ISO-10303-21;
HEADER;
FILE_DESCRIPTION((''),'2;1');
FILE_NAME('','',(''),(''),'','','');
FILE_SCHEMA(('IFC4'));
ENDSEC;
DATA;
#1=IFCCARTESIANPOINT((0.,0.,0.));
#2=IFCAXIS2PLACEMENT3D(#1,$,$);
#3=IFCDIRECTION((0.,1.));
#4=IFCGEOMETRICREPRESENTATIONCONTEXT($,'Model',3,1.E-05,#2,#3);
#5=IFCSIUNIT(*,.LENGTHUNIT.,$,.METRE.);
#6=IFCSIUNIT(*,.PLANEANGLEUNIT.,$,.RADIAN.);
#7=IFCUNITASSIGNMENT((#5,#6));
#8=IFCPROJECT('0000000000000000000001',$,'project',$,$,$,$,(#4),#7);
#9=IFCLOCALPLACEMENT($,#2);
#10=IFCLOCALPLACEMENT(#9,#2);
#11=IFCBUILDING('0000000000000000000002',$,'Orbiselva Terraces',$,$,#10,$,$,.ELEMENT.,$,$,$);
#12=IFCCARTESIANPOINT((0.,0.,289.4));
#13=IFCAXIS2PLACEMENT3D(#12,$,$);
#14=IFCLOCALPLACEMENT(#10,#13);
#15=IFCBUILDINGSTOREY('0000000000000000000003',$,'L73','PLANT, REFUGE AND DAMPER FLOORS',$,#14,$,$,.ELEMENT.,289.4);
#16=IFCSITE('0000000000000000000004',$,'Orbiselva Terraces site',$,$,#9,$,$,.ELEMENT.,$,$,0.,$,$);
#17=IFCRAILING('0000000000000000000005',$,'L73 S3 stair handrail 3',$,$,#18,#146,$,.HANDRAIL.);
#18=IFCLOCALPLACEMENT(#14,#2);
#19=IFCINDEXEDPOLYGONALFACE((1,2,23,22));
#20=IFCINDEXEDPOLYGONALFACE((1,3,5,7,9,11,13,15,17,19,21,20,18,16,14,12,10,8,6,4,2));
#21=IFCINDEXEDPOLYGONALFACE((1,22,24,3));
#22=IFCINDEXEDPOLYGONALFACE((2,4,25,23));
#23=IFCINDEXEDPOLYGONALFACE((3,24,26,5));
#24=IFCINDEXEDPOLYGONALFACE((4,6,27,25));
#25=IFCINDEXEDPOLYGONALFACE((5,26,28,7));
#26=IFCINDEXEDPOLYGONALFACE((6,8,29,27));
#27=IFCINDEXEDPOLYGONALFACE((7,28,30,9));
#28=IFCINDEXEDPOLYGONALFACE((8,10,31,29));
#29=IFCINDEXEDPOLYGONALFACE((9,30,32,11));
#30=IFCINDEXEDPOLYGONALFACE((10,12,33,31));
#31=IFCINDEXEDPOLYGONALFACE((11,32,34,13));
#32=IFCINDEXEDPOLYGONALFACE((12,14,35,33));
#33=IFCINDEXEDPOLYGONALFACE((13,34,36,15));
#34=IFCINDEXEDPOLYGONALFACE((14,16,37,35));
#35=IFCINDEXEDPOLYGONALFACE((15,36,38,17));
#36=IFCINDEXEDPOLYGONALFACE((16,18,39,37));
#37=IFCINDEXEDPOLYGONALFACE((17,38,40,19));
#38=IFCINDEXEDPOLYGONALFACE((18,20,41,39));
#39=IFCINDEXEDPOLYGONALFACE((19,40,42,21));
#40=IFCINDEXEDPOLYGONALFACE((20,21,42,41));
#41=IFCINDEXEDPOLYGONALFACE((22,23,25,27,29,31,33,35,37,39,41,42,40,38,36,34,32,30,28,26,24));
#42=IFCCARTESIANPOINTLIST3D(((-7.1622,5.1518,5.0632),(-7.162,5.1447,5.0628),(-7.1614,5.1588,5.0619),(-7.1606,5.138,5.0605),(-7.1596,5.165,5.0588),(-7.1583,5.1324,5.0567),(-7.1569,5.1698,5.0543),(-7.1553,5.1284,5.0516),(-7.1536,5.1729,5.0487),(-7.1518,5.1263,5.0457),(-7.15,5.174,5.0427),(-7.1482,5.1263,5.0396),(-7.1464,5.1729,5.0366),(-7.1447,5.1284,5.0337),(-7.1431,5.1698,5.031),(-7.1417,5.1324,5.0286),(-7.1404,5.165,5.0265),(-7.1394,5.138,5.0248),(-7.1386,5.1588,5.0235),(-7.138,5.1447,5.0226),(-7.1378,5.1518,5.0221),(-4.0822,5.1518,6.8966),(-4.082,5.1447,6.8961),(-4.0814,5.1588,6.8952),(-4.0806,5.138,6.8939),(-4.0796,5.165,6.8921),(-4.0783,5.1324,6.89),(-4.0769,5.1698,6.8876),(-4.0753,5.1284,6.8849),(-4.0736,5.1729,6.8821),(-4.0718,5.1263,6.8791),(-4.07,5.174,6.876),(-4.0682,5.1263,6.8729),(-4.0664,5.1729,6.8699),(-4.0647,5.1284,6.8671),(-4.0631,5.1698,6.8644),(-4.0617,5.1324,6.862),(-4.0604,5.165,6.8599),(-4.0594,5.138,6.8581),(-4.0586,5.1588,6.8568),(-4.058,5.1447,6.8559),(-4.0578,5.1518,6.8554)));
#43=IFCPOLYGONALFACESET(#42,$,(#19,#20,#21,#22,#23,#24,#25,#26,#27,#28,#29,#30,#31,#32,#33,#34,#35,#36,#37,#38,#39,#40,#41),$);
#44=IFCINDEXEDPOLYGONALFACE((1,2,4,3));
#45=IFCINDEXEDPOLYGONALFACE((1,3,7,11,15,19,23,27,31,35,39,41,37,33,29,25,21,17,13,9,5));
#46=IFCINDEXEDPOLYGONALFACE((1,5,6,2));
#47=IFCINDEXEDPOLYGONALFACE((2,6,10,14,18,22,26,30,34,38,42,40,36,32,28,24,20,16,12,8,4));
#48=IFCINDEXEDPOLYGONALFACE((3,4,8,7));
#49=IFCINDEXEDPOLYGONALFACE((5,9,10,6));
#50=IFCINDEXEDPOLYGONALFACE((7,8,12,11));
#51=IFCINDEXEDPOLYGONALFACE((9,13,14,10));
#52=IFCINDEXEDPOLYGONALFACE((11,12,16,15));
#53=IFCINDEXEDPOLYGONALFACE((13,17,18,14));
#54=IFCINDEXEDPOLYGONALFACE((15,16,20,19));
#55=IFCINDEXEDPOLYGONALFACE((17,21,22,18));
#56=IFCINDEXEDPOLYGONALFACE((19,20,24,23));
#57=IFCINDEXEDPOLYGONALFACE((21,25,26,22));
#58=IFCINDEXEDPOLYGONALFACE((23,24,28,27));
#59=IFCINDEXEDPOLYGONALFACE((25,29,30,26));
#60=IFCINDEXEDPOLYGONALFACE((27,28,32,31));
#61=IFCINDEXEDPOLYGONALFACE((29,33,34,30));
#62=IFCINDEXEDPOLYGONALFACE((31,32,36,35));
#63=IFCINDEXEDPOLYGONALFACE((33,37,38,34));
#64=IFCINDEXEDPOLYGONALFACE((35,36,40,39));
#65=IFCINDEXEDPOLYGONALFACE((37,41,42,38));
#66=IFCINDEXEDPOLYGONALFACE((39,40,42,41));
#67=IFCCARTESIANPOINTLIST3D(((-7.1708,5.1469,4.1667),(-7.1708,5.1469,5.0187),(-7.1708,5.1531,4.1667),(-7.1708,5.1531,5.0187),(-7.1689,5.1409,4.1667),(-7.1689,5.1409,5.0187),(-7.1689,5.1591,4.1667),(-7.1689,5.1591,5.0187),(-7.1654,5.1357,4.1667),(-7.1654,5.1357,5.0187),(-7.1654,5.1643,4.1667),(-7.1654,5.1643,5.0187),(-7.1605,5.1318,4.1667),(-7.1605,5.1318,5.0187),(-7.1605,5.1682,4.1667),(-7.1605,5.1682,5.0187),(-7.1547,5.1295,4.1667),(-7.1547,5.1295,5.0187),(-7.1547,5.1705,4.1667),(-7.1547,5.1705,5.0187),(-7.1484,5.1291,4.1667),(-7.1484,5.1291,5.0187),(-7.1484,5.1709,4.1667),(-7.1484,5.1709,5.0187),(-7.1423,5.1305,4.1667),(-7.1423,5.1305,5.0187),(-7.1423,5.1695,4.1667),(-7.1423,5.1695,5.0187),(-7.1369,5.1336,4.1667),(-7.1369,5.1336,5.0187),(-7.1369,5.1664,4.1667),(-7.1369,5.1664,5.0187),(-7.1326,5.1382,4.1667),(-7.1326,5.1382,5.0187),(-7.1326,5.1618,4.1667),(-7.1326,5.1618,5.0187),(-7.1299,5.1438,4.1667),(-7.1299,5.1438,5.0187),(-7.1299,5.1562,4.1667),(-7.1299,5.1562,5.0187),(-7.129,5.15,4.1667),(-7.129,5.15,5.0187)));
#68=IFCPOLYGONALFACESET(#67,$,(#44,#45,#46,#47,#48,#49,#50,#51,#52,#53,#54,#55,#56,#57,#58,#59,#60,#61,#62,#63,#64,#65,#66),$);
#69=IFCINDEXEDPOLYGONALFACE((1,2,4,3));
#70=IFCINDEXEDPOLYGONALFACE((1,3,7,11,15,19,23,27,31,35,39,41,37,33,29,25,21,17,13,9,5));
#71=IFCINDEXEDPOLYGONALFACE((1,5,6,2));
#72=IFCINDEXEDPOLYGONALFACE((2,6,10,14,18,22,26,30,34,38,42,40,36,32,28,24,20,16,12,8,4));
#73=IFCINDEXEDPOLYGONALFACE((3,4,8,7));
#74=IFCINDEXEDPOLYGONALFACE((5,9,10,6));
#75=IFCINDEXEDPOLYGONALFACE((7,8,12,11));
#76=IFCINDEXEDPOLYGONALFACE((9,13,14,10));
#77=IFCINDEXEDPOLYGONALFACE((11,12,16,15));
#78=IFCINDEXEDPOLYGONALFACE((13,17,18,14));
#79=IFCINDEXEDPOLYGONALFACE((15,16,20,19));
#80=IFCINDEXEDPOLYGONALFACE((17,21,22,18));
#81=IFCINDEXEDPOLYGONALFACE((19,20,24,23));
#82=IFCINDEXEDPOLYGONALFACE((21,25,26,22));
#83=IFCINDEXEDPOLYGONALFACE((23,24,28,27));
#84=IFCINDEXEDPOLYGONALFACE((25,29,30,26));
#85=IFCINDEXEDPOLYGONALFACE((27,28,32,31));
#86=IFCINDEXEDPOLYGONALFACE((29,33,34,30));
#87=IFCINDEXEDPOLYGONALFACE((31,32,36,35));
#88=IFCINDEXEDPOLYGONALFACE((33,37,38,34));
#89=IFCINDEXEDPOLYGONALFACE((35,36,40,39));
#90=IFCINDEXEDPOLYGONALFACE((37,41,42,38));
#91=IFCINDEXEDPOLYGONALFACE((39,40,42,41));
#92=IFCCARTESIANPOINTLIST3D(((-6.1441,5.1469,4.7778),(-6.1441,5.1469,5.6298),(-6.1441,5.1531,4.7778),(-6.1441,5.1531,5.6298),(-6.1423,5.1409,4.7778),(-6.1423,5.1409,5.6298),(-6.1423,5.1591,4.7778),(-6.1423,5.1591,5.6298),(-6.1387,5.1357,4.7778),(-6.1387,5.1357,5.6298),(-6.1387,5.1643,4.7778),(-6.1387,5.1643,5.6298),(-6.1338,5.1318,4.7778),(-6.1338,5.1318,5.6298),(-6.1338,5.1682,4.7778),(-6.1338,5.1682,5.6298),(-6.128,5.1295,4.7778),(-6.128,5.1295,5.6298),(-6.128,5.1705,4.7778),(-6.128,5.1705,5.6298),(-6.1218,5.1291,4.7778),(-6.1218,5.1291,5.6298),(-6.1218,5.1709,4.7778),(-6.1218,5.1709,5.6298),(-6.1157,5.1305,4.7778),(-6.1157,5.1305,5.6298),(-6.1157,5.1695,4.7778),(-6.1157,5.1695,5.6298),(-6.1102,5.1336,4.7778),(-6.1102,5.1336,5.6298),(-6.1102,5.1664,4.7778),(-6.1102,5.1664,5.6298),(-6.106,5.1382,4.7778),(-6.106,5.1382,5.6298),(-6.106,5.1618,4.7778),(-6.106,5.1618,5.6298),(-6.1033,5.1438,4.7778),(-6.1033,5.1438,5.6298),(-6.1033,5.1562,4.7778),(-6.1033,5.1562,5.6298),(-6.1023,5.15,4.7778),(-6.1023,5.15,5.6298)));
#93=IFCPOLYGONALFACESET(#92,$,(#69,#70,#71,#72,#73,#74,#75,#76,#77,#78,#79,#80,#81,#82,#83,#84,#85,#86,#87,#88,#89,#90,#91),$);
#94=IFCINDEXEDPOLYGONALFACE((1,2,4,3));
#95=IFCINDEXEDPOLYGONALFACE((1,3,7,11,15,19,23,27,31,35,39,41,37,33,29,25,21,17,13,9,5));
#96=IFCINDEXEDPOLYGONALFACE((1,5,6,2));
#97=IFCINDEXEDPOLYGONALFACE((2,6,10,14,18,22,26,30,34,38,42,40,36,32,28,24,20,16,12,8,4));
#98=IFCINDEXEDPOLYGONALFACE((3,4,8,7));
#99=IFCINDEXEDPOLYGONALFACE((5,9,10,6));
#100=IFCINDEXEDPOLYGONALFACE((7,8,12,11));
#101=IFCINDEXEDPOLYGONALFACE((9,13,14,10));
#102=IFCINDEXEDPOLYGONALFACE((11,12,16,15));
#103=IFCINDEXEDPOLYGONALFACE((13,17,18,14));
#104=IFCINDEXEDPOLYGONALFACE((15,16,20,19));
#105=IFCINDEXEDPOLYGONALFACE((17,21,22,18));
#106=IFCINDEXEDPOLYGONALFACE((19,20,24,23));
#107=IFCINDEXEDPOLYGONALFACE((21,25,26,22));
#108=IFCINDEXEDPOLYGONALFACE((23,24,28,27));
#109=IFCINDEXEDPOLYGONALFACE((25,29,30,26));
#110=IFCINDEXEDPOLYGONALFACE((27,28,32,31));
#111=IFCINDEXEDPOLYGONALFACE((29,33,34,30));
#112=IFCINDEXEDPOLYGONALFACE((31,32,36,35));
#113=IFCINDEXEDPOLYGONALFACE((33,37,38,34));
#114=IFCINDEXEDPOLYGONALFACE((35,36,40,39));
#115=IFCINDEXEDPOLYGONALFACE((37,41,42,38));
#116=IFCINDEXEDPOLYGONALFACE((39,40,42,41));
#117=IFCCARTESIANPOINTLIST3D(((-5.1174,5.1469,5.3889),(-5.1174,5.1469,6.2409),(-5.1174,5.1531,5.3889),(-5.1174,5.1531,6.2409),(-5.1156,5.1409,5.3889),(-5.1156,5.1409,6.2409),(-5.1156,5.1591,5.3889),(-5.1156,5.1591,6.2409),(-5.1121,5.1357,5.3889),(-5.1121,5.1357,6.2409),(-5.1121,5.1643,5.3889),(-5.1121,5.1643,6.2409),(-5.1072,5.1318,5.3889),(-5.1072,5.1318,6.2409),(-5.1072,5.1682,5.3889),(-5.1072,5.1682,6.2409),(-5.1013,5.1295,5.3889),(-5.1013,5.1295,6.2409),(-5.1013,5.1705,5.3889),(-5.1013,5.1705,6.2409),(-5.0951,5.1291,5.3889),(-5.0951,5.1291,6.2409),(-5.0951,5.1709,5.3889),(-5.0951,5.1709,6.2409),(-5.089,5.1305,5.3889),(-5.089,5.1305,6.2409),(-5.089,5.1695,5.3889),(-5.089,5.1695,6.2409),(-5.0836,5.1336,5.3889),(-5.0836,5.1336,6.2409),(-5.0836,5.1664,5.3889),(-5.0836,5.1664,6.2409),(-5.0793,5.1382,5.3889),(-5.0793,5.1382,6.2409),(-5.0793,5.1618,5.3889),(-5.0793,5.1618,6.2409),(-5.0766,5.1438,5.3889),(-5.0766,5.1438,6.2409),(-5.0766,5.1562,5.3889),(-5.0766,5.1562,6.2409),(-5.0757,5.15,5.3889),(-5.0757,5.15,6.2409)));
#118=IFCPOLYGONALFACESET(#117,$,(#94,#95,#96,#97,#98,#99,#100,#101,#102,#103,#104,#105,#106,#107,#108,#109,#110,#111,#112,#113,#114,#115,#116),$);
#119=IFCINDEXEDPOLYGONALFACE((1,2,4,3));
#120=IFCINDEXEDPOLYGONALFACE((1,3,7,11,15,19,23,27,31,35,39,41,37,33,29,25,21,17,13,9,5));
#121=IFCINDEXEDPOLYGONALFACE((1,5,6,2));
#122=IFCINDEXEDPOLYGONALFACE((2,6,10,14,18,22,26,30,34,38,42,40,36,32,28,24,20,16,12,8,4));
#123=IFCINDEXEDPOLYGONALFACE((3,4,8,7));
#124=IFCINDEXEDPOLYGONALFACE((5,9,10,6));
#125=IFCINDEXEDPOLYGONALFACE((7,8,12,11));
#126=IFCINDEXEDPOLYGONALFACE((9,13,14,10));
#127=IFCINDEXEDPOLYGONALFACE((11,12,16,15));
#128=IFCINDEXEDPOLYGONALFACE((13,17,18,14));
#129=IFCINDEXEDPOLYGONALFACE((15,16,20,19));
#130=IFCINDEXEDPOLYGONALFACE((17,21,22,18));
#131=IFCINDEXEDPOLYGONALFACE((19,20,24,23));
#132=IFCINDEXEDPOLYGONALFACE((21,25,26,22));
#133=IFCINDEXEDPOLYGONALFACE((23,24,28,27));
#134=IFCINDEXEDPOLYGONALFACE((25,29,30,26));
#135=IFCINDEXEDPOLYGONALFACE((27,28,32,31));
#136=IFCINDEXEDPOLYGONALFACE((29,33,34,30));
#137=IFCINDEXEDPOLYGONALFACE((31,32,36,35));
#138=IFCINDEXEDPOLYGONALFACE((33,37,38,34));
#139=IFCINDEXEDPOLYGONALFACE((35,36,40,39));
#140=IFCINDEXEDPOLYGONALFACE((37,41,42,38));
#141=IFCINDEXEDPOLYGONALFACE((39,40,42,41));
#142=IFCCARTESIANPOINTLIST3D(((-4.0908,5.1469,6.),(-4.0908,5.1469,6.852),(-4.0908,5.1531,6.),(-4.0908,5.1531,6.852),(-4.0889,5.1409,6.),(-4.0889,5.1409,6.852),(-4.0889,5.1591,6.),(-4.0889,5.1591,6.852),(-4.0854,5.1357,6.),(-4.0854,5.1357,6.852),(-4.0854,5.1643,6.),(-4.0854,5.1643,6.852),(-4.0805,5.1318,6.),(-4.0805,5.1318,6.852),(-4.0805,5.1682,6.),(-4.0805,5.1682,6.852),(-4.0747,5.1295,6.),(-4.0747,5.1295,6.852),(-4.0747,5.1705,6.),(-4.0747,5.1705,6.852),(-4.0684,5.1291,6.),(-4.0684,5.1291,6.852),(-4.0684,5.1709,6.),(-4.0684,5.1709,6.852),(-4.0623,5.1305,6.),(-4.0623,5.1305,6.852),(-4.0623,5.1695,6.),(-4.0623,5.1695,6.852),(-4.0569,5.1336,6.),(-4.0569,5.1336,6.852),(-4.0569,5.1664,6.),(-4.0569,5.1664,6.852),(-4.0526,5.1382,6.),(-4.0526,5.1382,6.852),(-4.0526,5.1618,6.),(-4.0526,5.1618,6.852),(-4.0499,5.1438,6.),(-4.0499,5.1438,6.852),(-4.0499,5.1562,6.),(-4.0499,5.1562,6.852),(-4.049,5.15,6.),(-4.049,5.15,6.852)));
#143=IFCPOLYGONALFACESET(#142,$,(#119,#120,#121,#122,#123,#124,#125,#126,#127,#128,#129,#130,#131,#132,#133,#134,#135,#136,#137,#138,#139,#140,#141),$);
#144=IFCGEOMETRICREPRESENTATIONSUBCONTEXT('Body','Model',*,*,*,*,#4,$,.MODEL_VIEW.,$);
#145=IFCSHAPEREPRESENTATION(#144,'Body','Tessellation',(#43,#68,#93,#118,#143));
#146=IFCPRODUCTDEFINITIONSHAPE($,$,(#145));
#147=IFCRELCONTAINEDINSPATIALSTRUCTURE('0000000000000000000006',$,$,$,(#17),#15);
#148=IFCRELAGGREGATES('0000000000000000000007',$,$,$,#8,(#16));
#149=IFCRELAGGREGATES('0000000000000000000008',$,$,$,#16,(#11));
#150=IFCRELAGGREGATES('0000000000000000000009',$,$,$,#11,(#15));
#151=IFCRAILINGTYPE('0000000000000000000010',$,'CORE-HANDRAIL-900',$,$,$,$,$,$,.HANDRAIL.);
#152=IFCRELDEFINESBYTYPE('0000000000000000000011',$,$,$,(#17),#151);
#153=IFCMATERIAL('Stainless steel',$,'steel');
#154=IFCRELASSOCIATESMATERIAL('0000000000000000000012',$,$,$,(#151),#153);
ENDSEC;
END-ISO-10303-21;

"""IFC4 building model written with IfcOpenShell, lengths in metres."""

from ifc_helpers import new_model, si_unit, direction, frame, origin, origin_2d, place, context, subcontext, project, spatial, circle, extrude, material, type_object, element, save


model = new_model("IFC4")

# Units and contexts
model_context = context("Model", 3, precision=1e-05, world=origin(), true_north=direction((0.0, 1.0)))
body_context = subcontext(model_context, "Body", "Model", "MODEL_VIEW")
ifc_project = project(units=[si_unit("LENGTHUNIT", "METRE"), si_unit("PLANEANGLEUNIT", "RADIAN")], contexts=[model_context])

# Site, building, storey
site_placement = place(None, origin())
site = spatial("IfcSite", under=ifc_project, at=site_placement, Name="Orbiselva Terraces site", CompositionType="ELEMENT", RefElevation=0.0)
building_placement = place(site_placement, origin())
building = spatial("IfcBuilding", under=site, at=building_placement, Name="Orbiselva Terraces", CompositionType="ELEMENT")
storey_placement = place(building_placement, frame((0.0, 0.0, 289.4)))
storey = spatial("IfcBuildingStorey", under=building, at=storey_placement, Name="L73", Description="PLANT, REFUGE AND DAMPER FLOORS", CompositionType="ELEMENT", Elevation=289.4)

# Railing
ifc_material_1 = material(Name="Stainless steel", Category="steel")
railing_type_1 = type_object("IfcRailingType", Name="CORE-HANDRAIL-900", PredefinedType="HANDRAIL", material=ifc_material_1)
railing_1_placement = place(storey_placement, frame((-7.15, 5.15, 4.1667)))
element("IfcRailing", 1, at=railing_1_placement, inside=storey, type_object=railing_type_1, Name="L73 S3 stair handrail 3", PredefinedType="HANDRAIL", context=body_context, shape_type="SweptSolid", body=[
    extrude(circle(Radius=0.024, at=origin_2d()), frame((0.0, 0.0, 0.876), z_axis=(0.859293, 0.0, 0.511484), x_axis=(0.0, 1.0, 0.0)), (0.0, 0.0, 1.0), 3.5843),
    extrude(circle(Radius=0.021, at=origin_2d()), origin(), (0.0, 0.0, 1.0), 0.852),
    extrude(circle(Radius=0.021, at=origin_2d()), frame((1.0267, 0.0, 0.6111)), (0.0, 0.0, 1.0), 0.852),
    extrude(circle(Radius=0.021, at=origin_2d()), frame((2.0533, 0.0, 1.2222)), (0.0, 0.0, 1.0), 0.852),
    extrude(circle(Radius=0.021, at=origin_2d()), frame((3.08, 0.0, 1.8333)), (0.0, 0.0, 1.0), 0.852),
])

save(model, "model.ifc")
